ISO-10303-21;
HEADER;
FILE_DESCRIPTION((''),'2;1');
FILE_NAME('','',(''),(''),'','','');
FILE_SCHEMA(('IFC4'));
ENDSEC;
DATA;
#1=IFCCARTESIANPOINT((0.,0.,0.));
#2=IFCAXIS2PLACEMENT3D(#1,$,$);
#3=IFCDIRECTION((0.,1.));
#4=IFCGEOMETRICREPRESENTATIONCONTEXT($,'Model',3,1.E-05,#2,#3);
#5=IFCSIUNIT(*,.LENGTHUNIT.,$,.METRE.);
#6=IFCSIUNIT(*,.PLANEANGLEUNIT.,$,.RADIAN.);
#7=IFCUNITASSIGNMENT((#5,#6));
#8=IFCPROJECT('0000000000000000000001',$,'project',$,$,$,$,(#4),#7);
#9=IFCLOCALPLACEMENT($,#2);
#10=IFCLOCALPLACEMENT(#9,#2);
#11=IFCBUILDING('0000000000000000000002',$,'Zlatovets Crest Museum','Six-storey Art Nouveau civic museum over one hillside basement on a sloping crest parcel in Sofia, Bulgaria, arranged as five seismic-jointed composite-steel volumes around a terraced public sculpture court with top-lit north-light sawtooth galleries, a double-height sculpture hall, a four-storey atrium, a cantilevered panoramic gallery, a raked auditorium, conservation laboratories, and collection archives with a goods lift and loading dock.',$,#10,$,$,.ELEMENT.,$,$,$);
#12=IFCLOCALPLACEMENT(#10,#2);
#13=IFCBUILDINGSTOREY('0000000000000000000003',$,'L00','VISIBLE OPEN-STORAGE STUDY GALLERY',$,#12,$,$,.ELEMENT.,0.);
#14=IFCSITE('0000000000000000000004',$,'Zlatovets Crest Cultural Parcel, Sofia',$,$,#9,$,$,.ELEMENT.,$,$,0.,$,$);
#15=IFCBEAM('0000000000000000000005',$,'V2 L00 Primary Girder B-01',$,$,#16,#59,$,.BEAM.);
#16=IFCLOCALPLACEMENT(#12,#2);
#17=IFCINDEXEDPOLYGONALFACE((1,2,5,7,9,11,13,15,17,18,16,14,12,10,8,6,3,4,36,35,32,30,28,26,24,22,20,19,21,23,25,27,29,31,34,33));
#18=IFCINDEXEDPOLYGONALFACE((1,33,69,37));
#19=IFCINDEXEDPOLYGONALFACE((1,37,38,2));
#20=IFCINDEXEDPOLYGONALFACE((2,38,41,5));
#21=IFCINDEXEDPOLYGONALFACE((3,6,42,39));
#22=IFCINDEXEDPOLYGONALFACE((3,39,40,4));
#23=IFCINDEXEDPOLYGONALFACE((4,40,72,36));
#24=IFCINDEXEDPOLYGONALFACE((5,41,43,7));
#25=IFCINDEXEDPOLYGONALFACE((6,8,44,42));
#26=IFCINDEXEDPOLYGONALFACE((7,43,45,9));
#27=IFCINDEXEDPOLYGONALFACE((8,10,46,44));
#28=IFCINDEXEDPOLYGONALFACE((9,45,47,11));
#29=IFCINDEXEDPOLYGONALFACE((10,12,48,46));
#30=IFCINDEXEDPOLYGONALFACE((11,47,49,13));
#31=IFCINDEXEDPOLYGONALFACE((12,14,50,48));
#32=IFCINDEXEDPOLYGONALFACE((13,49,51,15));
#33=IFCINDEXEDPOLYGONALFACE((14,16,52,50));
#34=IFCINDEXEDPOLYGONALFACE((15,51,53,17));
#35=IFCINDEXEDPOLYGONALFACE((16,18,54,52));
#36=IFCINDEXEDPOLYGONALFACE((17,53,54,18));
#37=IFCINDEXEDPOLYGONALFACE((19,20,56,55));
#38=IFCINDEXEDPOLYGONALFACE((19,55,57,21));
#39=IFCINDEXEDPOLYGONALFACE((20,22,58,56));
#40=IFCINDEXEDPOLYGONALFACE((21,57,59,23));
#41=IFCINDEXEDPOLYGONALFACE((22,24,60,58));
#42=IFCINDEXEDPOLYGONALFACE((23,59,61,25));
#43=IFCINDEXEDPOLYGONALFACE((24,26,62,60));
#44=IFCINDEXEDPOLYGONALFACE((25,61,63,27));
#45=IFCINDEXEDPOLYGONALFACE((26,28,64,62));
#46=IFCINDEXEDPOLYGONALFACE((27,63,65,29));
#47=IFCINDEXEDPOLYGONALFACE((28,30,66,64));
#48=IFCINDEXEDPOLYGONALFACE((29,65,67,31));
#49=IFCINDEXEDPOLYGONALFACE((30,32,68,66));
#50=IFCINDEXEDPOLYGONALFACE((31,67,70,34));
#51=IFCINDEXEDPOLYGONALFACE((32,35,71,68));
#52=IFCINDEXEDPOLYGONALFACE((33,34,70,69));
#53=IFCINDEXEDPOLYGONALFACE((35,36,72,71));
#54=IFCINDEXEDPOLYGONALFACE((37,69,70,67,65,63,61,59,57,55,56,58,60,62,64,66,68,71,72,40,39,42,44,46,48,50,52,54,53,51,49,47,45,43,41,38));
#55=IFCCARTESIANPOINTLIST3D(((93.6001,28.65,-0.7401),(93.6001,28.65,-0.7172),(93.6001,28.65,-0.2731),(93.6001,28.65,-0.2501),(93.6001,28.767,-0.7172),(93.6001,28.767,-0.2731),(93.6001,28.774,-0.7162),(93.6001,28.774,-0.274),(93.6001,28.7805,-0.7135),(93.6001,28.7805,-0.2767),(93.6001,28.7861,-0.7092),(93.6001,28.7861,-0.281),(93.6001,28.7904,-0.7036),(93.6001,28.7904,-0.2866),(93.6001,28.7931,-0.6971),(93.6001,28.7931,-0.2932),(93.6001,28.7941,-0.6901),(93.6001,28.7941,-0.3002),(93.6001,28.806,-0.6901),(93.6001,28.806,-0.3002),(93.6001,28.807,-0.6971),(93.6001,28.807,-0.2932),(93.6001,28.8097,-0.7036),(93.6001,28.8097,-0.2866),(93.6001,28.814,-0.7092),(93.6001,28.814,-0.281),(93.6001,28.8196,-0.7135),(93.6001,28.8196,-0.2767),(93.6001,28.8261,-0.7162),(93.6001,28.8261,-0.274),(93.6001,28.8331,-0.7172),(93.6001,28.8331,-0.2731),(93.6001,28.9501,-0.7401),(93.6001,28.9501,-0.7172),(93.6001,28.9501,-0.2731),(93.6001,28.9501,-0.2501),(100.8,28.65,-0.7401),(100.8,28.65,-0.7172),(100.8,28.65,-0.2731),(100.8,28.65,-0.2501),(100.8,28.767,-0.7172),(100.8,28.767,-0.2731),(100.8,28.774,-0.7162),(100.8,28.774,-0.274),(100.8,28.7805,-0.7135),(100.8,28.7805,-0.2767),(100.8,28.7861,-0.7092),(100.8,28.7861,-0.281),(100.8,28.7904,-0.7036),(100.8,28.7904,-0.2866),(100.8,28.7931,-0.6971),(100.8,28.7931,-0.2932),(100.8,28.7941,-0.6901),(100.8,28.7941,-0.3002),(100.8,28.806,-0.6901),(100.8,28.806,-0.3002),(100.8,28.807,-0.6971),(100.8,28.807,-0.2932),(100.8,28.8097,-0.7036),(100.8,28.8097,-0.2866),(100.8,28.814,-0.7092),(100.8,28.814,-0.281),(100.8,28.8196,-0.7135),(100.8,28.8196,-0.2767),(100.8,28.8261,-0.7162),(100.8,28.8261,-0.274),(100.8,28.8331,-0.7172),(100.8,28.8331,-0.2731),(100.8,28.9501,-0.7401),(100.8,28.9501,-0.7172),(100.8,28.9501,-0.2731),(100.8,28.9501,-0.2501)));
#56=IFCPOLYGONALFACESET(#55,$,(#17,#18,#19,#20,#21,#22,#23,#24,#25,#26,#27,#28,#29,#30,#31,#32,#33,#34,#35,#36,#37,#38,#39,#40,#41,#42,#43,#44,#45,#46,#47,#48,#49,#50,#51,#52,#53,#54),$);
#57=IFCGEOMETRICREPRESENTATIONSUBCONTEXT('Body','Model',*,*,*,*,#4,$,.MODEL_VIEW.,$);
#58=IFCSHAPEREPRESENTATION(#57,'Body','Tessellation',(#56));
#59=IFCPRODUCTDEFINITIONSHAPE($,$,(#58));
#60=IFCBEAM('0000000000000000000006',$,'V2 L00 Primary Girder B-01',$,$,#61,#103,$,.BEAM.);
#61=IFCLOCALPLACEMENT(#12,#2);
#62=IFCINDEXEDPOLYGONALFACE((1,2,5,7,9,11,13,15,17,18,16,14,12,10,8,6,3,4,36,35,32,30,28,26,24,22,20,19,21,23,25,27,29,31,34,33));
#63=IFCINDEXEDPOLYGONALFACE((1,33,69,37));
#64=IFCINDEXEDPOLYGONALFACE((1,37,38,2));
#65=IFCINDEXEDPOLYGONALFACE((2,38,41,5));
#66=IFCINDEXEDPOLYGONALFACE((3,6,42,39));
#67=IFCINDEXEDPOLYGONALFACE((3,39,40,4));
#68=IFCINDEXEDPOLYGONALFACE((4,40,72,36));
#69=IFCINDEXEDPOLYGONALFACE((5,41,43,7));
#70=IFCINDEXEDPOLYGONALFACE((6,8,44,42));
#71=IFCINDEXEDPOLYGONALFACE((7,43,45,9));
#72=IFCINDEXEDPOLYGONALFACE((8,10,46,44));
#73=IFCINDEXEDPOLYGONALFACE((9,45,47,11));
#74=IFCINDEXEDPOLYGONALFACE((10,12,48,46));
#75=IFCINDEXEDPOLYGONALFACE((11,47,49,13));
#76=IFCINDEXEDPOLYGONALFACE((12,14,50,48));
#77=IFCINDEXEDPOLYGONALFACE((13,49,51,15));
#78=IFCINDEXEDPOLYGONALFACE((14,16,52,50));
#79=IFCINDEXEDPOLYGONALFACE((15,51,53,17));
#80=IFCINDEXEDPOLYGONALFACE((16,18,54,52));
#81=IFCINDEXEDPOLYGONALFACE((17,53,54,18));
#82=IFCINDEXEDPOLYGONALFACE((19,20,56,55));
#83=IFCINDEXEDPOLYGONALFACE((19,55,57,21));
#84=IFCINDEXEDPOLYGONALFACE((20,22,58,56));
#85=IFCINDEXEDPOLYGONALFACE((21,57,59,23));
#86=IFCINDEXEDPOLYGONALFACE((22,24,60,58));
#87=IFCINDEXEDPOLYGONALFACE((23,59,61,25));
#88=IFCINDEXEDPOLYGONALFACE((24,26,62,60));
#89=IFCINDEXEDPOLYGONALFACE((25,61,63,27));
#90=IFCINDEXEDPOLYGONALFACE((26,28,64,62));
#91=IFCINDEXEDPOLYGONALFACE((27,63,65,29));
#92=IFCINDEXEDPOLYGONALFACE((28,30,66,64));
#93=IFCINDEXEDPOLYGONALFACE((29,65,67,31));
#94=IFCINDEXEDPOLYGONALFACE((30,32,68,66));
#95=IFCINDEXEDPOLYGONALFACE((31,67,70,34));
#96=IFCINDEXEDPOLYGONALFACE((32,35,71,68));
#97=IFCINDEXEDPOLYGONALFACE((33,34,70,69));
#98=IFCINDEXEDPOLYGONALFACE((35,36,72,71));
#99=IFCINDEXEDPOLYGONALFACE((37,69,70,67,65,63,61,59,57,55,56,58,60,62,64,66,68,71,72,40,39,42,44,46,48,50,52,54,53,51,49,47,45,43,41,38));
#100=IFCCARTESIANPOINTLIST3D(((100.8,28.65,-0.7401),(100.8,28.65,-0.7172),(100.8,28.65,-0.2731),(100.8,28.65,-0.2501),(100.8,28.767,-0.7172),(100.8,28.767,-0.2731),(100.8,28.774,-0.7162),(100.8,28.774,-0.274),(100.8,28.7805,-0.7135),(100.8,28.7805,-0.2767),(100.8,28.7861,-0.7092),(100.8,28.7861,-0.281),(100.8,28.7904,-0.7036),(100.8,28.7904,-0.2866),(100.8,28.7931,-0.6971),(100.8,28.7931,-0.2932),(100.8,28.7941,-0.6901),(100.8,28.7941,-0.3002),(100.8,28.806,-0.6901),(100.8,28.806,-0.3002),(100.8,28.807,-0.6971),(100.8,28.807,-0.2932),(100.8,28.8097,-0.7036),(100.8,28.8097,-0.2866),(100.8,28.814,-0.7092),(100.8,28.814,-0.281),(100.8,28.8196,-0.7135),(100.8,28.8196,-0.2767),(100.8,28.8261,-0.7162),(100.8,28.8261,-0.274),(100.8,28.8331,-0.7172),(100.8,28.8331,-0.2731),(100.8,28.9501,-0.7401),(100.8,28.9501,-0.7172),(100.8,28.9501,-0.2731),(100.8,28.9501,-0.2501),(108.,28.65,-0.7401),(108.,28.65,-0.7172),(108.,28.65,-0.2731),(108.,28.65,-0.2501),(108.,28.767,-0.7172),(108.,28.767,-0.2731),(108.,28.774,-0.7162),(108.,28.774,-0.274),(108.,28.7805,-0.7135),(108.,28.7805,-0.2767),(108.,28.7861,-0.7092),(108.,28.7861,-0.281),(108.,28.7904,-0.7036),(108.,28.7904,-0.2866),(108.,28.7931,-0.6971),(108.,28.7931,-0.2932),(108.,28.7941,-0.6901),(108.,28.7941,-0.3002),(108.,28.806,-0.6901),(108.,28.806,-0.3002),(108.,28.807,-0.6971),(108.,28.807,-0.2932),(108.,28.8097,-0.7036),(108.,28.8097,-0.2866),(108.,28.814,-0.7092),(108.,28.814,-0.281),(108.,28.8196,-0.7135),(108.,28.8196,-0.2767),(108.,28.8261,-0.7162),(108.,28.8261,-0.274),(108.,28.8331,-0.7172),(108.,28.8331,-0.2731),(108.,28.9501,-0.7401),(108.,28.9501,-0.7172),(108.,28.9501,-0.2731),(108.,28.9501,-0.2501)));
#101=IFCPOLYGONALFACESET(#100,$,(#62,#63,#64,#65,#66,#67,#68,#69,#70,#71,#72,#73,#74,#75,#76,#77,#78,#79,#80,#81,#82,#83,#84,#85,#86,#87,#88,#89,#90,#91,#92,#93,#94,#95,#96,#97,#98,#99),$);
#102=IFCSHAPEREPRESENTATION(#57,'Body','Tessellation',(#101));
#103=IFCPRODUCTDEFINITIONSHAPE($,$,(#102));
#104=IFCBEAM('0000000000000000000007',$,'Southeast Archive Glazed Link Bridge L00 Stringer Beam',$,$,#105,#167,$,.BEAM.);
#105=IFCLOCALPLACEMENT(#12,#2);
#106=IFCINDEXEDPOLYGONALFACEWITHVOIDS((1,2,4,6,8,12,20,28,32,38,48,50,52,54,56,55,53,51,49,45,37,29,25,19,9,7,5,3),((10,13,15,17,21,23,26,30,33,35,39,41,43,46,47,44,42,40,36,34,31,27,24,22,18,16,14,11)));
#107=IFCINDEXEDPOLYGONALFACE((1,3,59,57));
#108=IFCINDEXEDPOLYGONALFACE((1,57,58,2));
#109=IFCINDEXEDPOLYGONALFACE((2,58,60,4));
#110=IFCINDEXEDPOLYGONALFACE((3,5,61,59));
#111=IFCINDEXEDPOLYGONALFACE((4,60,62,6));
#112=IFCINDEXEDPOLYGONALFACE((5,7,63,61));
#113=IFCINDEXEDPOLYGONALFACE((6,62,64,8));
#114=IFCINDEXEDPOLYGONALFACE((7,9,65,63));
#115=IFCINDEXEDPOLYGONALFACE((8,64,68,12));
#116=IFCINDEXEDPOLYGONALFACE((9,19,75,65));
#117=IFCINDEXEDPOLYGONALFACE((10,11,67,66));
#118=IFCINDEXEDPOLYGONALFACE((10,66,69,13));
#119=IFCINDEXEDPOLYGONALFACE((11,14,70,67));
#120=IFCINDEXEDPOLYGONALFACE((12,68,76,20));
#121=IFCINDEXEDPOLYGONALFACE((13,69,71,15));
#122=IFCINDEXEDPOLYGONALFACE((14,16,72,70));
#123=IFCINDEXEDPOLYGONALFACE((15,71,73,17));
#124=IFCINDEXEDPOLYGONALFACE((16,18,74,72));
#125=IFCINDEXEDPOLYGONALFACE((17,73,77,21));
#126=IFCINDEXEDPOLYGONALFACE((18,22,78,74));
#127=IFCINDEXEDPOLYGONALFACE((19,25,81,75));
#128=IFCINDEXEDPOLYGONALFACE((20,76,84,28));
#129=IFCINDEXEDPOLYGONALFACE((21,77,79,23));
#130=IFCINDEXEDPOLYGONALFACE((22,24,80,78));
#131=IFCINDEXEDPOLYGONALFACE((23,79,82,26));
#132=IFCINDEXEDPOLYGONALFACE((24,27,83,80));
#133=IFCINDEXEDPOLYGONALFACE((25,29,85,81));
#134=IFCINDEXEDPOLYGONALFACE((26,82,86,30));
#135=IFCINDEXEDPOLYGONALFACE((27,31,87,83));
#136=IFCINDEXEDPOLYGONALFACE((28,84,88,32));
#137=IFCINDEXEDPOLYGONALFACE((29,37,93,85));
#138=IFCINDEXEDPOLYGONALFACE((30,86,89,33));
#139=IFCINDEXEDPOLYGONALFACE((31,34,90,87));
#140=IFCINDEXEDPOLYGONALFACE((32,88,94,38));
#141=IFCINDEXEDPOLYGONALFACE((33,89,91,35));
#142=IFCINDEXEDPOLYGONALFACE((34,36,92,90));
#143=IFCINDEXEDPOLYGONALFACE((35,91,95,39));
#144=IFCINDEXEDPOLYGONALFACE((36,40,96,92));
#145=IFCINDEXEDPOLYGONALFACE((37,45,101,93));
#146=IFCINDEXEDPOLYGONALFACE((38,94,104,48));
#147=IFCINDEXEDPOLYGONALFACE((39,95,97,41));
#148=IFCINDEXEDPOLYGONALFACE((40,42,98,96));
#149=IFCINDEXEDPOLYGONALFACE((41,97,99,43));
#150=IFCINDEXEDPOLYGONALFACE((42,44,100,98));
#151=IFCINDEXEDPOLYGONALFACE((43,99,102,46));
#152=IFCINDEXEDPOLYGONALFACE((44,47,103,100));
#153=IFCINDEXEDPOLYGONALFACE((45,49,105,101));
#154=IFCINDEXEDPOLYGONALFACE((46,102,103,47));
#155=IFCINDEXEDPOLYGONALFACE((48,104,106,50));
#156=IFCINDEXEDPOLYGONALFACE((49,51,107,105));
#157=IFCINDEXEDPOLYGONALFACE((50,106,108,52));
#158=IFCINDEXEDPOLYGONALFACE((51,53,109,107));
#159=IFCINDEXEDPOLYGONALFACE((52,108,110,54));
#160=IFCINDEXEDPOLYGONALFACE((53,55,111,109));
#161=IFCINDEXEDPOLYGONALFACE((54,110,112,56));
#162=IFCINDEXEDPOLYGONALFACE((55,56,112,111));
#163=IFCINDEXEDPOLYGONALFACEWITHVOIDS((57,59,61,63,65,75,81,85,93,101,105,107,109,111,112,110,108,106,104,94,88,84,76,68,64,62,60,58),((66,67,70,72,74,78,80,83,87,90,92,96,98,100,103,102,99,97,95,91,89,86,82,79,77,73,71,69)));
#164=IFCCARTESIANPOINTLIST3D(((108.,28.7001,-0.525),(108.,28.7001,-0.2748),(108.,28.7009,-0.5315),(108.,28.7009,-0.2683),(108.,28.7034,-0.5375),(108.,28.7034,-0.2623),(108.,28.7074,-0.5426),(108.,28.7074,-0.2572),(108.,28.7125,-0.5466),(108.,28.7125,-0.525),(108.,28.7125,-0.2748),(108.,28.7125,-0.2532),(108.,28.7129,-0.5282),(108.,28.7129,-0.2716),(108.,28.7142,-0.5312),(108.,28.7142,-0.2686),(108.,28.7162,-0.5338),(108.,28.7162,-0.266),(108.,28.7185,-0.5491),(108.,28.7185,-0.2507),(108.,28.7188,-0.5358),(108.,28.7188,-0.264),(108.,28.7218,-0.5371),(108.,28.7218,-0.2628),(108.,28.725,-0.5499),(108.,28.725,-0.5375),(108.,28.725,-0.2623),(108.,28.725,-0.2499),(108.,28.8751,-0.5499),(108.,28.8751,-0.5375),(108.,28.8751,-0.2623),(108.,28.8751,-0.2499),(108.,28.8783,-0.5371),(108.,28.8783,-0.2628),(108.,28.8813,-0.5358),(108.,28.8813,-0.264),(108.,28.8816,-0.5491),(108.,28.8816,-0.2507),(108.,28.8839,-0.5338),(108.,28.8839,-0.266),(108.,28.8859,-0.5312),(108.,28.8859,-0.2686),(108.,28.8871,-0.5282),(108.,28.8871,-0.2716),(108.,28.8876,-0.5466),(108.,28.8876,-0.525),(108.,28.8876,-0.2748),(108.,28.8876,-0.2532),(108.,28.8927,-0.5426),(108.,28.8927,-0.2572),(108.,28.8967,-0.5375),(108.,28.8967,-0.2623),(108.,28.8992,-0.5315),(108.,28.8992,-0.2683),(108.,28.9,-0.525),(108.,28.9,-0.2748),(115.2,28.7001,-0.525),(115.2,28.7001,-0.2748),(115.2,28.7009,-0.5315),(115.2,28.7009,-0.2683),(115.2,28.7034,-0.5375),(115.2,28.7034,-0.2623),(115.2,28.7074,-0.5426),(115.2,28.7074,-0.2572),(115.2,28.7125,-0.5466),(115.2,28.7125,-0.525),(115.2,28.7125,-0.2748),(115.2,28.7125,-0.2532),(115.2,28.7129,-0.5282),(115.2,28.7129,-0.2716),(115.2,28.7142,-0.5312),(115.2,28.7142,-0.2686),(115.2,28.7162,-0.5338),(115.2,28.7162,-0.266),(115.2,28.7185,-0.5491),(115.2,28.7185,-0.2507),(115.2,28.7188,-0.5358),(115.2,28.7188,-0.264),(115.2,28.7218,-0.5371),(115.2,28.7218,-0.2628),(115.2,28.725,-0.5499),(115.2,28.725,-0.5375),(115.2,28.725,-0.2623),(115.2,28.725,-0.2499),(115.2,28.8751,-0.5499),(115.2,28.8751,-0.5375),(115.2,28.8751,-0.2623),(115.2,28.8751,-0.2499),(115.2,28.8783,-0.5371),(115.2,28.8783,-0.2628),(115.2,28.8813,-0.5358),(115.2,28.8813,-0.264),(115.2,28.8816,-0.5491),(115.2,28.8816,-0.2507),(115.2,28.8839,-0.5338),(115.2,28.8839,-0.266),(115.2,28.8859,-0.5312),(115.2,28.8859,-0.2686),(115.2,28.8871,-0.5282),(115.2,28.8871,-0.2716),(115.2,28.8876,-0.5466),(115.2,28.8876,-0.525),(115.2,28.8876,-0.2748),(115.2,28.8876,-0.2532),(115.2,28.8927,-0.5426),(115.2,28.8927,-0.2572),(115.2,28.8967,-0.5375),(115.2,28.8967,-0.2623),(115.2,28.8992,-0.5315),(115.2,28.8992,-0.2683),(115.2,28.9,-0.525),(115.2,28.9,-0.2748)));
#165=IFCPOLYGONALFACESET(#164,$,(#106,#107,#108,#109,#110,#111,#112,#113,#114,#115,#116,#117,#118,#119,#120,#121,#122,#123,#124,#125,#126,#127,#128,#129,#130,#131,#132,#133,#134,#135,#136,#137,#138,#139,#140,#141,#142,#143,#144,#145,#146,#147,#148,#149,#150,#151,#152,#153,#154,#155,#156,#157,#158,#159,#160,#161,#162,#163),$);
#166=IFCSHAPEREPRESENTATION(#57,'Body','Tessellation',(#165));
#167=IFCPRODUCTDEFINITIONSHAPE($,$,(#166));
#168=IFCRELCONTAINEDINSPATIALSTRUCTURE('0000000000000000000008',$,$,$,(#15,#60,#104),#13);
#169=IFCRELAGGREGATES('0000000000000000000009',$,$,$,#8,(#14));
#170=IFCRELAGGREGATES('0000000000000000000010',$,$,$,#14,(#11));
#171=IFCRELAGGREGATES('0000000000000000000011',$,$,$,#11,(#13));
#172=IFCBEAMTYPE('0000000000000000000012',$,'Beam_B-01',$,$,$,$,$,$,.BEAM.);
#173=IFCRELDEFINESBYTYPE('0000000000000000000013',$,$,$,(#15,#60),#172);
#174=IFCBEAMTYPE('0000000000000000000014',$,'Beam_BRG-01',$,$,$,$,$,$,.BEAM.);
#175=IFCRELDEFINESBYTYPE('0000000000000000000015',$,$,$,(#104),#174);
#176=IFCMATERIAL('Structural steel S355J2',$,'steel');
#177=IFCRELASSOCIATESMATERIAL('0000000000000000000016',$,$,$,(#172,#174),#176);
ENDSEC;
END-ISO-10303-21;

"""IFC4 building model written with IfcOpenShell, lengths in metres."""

from ifc_helpers import new_model, si_unit, direction, frame, origin, origin_2d, place, context, subcontext, project, spatial, hollow_rectangle, i_section, extrude, material, material_profile, profile_set, type_object, element, save


model = new_model("IFC4")

# Units and contexts
model_context = context("Model", 3, precision=1e-05, world=origin(), true_north=direction((0.0, 1.0)))
body_context = subcontext(model_context, "Body", "Model", "MODEL_VIEW")
ifc_project = project(units=[si_unit("LENGTHUNIT", "METRE"), si_unit("PLANEANGLEUNIT", "RADIAN")], contexts=[model_context])

# Site, building, storey
site_placement = place(None, origin())
site = spatial("IfcSite", under=ifc_project, at=site_placement, Name="Zlatovets Crest Cultural Parcel, Sofia", CompositionType="ELEMENT", RefElevation=0.0)
building_placement = place(site_placement, origin())
building = spatial("IfcBuilding", under=site, at=building_placement, Name="Zlatovets Crest Museum", Description="Six-storey Art Nouveau civic museum over one hillside basement on a sloping crest parcel in Sofia, Bulgaria, arranged as five seismic-jointed composite-steel volumes around a terraced public sculpture court with top-lit north-light sawtooth galleries, a double-height sculpture hall, a four-storey atrium, a cantilevered panoramic gallery, a raked auditorium, conservation laboratories, and collection archives with a goods lift and loading dock.", CompositionType="ELEMENT")
storey_placement = place(building_placement, origin())
storey = spatial("IfcBuildingStorey", under=building, at=storey_placement, Name="L00", Description="VISIBLE OPEN-STORAGE STUDY GALLERY", CompositionType="ELEMENT", Elevation=0.0)

# Shared definitions
ifc_material_1 = material(Name="Structural steel S355J2", Category="steel")

# Beams
ifc_material_profile_1 = material_profile(ifc_material_1, i_section(OverallWidth=0.3, OverallDepth=0.49, WebThickness=0.012, FlangeThickness=0.0229, FilletRadius=0.0271, at=origin_2d()), Name="HEA 500")
ifc_profile_set_1 = profile_set([ifc_material_profile_1], Name="Structural steel S355J2")
beam_type_1 = type_object("IfcBeamType", Name="Beam_B-01", PredefinedType="BEAM", material=ifc_profile_set_1)
for number, where, z_axis, x_axis, name in (
    (1, (93.6001, 28.8, -0.4951), (1.0, 0.0, 0.0), (0.0, 1.0, 0.0), "V2 L00 Primary Girder B-01"),
    (2, (100.8, 28.8, -0.4951), (1.0, 0.0, 0.0), (0.0, 1.0, 0.0), "V2 L00 Primary Girder B-01"),
):
    element("IfcBeam", number, at=place(storey_placement, frame(where, z_axis=z_axis, x_axis=x_axis)), inside=storey, type_object=beam_type_1, Name=name, PredefinedType="BEAM", context=body_context, shape_type="SweptSolid", body=[
        extrude(i_section(OverallWidth=0.3, OverallDepth=0.49, WebThickness=0.012, FlangeThickness=0.0229, FilletRadius=0.0271, at=origin_2d()), origin(), (0.0, 0.0, 1.0), 7.2),
    ])
ifc_material_profile_2 = material_profile(ifc_material_1, hollow_rectangle(XDim=0.2, YDim=0.3, WallThickness=0.0125, InnerFilletRadius=0.0125, OuterFilletRadius=0.0249, at=origin_2d()), Name="RHS 200x300x12.5")
ifc_profile_set_2 = profile_set([ifc_material_profile_2], Name="Structural steel S355J2")
beam_type_2 = type_object("IfcBeamType", Name="Beam_BRG-01", PredefinedType="BEAM", material=ifc_profile_set_2)
beam_1_placement = place(storey_placement, frame((108.0, 28.8, -0.3999), z_axis=(1.0, 0.0, 0.0), x_axis=(0.0, 1.0, 0.0)))
element("IfcBeam", 3, at=beam_1_placement, inside=storey, type_object=beam_type_2, Name="Southeast Archive Glazed Link Bridge L00 Stringer Beam", PredefinedType="BEAM", context=body_context, shape_type="SweptSolid", body=[
    extrude(hollow_rectangle(XDim=0.2, YDim=0.3, WallThickness=0.0125, InnerFilletRadius=0.0125, OuterFilletRadius=0.0249, at=origin_2d()), origin(), (0.0, 0.0, 1.0), 7.2),
])

save(model, "model.ifc")
